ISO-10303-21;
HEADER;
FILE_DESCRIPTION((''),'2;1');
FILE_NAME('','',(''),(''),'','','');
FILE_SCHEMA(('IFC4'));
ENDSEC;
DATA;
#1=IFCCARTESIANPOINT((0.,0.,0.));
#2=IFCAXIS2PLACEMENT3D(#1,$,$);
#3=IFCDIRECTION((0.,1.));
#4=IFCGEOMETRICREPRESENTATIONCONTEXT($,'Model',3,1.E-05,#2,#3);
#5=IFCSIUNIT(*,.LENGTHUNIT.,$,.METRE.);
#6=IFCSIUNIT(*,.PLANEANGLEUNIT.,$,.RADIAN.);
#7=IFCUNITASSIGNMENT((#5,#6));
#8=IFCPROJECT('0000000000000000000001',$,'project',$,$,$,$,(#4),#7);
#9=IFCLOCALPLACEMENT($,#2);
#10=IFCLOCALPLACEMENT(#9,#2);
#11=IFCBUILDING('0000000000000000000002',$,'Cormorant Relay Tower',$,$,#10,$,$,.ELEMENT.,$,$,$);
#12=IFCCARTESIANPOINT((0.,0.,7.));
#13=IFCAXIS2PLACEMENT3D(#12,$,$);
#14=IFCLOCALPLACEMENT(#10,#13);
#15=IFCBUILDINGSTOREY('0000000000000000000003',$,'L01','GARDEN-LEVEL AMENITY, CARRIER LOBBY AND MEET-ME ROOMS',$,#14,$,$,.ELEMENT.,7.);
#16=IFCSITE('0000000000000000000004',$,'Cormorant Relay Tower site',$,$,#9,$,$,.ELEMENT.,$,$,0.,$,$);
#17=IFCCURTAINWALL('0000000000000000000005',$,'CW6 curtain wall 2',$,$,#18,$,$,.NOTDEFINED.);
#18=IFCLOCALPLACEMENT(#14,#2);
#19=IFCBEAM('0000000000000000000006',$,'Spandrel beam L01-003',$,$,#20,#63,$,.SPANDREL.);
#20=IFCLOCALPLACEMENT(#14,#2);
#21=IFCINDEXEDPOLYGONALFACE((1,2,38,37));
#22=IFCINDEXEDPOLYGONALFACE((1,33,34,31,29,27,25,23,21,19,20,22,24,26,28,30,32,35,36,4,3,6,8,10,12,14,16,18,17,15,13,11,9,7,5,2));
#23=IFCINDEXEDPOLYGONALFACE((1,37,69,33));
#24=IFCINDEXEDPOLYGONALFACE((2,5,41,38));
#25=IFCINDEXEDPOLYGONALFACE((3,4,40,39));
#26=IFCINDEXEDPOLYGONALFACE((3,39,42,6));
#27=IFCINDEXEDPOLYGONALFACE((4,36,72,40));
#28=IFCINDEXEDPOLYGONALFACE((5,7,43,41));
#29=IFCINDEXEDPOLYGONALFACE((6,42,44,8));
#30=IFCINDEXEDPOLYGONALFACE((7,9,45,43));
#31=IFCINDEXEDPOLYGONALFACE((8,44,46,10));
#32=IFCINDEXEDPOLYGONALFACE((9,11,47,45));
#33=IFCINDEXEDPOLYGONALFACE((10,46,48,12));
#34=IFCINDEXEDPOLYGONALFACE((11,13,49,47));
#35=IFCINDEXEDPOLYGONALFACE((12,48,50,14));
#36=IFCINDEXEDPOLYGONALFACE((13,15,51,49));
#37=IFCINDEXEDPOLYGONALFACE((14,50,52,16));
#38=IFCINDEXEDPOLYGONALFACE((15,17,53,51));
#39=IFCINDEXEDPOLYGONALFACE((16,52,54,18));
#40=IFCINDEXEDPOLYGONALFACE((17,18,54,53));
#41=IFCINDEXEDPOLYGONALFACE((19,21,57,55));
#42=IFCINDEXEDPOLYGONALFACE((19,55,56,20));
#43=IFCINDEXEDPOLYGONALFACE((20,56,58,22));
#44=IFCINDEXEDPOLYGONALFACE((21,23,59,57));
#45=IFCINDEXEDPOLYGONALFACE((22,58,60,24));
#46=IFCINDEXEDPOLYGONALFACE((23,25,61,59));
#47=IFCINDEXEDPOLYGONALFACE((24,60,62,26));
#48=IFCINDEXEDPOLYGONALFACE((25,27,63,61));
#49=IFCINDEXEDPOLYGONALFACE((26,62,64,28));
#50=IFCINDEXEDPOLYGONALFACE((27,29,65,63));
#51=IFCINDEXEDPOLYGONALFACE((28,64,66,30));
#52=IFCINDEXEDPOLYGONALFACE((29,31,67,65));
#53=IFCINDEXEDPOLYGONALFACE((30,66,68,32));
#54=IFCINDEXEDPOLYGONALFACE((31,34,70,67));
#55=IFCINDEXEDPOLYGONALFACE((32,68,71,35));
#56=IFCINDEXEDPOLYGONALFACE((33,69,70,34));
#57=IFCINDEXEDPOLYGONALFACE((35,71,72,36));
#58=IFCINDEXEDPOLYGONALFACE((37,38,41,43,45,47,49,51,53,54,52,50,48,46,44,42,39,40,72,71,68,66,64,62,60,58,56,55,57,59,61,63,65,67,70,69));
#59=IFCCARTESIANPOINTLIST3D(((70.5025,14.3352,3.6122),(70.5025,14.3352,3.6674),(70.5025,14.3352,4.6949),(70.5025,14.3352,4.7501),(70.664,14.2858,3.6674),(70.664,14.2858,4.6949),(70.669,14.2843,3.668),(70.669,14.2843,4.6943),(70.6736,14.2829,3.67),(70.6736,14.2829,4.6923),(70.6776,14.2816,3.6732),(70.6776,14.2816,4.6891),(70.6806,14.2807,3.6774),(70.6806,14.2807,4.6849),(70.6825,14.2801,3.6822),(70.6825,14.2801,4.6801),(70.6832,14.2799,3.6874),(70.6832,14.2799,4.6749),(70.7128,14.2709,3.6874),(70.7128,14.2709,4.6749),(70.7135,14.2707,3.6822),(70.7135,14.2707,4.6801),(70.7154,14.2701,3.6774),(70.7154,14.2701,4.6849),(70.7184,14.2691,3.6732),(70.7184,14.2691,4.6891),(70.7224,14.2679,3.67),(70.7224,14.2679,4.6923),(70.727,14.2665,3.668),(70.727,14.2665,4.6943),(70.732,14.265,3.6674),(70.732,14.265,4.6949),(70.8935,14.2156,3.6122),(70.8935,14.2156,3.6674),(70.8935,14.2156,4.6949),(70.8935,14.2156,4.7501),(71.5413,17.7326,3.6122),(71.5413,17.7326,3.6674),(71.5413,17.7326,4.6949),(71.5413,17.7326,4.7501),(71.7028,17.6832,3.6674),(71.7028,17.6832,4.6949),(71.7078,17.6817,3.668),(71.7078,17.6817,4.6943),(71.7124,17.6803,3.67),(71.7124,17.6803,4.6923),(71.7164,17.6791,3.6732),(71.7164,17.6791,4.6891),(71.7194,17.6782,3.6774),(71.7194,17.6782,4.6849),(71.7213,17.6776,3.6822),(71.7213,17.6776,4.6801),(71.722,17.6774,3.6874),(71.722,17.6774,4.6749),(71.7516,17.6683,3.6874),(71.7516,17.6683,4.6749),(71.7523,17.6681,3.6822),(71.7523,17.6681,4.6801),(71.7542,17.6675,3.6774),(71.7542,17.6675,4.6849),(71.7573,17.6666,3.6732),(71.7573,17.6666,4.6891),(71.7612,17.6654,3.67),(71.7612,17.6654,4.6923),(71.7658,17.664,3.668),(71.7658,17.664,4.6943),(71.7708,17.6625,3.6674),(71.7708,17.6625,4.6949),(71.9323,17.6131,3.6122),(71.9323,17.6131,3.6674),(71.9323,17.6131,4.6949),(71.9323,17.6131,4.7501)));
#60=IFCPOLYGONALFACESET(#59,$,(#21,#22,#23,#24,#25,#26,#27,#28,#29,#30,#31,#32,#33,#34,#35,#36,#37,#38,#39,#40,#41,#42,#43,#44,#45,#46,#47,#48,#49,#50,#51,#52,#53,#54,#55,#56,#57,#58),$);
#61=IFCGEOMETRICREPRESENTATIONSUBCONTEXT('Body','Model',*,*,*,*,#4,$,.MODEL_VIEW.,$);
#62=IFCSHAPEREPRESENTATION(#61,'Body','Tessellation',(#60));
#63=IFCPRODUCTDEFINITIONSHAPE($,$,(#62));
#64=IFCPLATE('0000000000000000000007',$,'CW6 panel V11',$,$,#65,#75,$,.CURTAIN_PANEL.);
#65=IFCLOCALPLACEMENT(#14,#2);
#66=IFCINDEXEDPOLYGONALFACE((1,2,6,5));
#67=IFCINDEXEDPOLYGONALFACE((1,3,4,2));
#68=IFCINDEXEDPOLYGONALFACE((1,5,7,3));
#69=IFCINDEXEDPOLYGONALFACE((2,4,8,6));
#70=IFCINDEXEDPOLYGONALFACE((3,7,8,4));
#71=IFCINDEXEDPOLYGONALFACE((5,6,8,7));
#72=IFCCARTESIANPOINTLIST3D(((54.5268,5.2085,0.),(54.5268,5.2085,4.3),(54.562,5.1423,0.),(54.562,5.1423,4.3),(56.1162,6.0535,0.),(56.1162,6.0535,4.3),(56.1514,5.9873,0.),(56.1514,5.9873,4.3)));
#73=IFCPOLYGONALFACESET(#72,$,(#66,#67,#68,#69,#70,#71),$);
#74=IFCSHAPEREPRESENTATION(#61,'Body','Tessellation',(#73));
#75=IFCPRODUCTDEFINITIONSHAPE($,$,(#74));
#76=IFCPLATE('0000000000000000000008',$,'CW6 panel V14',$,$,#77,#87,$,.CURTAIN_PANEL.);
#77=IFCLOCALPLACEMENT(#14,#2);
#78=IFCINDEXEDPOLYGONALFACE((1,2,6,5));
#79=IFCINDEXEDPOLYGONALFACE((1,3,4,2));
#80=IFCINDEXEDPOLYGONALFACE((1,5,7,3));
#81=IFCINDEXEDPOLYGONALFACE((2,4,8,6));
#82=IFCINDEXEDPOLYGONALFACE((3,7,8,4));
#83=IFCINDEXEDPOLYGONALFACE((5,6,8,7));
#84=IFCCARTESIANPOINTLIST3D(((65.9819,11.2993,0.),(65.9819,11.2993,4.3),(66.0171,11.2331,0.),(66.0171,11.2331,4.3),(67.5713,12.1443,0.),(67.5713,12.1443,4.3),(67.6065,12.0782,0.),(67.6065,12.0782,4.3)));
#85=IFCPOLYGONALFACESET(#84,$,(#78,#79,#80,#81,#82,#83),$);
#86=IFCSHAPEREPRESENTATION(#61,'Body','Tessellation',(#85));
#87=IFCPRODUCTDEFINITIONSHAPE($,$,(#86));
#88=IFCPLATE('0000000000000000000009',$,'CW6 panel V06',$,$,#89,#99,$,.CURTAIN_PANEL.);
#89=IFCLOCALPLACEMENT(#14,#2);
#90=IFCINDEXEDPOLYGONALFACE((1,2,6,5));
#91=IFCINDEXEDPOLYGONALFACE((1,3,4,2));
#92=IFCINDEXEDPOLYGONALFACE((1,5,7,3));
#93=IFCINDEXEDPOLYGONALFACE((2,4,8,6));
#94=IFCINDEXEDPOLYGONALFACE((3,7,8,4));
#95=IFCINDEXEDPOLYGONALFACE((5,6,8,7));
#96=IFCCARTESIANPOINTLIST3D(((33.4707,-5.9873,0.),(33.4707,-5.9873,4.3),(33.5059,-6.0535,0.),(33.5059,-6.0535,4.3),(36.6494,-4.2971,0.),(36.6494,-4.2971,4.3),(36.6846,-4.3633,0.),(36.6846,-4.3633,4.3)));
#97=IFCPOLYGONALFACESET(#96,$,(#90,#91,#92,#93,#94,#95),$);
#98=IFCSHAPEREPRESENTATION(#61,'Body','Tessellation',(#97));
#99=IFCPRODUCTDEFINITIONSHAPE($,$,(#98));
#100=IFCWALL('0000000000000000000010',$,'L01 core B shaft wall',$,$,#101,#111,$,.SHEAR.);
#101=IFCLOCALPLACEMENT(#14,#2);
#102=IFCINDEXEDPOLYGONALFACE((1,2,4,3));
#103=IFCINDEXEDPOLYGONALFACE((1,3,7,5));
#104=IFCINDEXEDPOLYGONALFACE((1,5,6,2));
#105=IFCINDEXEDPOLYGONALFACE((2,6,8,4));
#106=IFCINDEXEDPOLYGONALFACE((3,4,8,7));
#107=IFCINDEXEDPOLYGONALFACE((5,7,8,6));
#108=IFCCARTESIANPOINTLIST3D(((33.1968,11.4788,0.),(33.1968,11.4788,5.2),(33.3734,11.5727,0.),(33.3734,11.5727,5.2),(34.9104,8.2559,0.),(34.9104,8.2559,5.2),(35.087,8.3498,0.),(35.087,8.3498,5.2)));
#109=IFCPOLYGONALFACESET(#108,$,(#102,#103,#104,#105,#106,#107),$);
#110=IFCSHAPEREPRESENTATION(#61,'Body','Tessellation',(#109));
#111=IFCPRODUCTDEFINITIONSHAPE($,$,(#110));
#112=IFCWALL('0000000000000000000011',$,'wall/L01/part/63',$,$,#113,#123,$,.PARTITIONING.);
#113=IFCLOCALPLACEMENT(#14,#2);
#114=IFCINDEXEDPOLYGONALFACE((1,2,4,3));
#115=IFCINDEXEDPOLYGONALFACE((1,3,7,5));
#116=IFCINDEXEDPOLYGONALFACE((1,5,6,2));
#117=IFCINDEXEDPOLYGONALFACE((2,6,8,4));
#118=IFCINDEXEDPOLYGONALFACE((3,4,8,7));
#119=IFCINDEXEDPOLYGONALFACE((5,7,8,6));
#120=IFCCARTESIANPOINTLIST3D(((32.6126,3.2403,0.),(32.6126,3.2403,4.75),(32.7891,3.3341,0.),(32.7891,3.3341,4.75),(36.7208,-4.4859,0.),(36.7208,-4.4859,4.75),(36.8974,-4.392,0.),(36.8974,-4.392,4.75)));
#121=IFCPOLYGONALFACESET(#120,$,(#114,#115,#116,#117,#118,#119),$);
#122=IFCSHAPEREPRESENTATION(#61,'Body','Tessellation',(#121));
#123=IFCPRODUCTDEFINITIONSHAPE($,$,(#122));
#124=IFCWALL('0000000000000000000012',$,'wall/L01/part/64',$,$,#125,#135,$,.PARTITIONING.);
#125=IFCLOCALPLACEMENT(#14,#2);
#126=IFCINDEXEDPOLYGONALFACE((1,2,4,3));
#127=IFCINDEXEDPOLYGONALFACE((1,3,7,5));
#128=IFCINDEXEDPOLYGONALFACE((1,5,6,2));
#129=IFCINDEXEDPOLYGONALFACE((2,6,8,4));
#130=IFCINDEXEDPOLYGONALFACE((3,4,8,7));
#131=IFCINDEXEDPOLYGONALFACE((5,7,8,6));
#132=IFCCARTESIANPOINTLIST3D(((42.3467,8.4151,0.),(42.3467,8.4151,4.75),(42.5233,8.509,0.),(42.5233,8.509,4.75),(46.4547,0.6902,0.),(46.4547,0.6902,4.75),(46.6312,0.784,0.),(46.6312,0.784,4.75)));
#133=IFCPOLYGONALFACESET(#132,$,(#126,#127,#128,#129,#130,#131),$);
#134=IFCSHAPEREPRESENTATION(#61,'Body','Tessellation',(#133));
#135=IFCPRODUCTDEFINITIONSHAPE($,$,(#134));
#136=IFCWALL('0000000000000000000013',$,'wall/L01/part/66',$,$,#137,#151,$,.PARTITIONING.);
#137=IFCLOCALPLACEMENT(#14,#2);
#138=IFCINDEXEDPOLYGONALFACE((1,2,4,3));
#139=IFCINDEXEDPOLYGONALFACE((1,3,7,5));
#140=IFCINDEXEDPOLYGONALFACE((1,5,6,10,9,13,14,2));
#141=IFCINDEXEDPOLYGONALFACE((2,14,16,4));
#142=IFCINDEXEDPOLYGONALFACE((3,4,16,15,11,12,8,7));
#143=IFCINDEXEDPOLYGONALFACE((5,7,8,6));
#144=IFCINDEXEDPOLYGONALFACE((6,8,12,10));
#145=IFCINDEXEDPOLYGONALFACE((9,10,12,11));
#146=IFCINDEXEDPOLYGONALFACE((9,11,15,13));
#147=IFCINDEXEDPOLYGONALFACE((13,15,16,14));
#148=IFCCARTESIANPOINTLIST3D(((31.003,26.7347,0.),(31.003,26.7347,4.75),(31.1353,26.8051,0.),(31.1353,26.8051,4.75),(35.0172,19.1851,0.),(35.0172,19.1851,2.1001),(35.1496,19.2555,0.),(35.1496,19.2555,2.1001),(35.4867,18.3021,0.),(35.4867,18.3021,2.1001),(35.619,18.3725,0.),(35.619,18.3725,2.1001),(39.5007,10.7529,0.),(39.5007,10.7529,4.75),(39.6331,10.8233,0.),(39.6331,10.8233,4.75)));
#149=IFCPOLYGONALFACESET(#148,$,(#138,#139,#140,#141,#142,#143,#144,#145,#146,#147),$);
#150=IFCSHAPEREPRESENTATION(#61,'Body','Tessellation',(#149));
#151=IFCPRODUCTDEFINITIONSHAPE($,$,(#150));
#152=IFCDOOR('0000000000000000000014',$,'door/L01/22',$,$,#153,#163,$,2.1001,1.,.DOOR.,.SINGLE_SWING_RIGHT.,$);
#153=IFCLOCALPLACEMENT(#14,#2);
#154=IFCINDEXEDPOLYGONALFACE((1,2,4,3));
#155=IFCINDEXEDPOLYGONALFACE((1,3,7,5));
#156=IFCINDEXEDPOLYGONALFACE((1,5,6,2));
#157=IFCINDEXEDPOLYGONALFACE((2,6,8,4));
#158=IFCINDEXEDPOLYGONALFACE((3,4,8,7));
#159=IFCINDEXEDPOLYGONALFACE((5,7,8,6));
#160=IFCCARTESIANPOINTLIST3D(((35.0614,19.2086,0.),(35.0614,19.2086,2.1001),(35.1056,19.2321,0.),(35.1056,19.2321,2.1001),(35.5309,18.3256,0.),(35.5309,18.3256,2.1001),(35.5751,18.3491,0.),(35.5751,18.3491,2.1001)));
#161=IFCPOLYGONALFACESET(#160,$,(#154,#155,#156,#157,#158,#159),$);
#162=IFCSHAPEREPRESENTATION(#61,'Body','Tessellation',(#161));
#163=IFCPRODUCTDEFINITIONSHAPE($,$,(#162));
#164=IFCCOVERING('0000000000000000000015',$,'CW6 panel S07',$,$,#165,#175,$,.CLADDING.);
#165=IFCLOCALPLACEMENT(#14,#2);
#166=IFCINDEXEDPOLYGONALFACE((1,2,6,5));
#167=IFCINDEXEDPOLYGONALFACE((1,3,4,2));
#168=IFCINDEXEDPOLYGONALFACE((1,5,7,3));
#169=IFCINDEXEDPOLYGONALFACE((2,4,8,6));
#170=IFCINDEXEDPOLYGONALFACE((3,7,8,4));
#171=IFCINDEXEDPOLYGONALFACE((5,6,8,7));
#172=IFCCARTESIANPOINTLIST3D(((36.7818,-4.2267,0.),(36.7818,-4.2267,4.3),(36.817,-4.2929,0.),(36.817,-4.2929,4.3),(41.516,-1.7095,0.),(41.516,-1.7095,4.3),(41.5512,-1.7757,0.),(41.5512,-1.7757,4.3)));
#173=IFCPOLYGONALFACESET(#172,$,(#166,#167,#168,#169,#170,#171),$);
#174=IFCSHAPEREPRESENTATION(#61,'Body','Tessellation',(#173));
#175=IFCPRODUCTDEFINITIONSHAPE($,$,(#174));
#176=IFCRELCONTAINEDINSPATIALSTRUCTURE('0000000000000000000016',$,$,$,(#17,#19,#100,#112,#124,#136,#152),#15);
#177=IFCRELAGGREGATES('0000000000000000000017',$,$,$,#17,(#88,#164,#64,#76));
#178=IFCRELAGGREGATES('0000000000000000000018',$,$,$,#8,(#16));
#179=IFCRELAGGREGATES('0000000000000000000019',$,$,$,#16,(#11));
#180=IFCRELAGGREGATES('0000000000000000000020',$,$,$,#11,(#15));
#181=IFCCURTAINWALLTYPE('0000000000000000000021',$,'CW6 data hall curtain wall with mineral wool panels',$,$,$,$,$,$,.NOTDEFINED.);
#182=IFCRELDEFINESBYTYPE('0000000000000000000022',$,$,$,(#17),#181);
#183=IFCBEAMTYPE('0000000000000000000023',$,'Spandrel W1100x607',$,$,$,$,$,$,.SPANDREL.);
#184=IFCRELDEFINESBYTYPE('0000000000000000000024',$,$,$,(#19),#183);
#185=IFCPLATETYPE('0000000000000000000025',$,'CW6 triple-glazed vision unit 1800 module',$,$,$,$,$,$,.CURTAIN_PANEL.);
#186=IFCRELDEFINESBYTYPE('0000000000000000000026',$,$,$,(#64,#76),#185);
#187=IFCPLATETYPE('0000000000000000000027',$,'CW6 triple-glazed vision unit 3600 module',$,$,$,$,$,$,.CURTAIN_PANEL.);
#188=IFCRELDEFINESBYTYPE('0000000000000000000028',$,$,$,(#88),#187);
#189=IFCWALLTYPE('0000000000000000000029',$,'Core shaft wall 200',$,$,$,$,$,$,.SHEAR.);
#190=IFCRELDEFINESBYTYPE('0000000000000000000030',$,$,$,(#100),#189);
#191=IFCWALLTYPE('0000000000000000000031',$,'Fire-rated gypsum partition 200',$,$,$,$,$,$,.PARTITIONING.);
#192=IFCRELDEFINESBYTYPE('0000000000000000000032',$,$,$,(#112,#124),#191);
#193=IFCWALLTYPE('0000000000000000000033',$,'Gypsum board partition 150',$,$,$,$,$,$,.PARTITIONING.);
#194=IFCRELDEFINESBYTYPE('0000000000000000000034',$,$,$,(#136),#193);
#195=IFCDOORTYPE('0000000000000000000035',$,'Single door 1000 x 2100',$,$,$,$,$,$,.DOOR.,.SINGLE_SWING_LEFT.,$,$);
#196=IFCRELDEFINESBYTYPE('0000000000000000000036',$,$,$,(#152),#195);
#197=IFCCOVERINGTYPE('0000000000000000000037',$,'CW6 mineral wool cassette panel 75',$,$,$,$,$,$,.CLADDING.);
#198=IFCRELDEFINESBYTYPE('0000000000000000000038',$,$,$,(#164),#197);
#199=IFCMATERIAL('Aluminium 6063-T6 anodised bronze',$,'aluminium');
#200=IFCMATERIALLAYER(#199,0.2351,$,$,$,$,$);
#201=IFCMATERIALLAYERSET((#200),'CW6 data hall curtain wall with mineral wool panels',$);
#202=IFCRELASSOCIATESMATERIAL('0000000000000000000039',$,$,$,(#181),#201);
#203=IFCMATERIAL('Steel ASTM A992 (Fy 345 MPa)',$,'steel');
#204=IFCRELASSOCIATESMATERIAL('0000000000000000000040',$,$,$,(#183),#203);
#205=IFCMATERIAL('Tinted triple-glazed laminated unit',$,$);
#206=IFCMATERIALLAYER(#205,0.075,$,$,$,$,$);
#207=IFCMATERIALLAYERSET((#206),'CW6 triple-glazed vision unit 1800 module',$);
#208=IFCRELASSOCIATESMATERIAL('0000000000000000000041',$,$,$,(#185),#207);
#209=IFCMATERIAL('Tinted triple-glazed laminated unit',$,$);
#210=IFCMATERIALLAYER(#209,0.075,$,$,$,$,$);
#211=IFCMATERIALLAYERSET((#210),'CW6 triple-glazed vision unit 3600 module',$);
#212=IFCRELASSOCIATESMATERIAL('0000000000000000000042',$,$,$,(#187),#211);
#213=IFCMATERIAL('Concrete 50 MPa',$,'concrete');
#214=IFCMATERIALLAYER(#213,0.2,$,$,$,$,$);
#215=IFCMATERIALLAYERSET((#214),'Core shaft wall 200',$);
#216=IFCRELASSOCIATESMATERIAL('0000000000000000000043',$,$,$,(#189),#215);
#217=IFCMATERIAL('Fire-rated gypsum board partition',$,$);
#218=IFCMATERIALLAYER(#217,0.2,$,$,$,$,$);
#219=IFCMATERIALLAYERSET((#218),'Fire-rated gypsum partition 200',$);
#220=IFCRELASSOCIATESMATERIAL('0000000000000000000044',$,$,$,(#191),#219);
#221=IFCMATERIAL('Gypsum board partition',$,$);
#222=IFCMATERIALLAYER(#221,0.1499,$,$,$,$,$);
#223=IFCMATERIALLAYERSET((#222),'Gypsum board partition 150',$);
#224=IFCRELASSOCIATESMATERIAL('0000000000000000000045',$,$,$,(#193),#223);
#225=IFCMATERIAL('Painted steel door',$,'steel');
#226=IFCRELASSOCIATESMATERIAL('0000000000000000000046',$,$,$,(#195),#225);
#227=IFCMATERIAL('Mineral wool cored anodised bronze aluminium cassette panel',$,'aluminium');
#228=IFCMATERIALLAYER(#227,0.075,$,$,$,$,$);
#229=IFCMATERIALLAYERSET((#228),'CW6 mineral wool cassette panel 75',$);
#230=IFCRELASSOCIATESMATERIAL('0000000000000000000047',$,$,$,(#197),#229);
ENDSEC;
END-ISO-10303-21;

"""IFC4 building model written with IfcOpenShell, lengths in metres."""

from ifc_helpers import new_model, si_unit, direction, frame, frame_2d, origin, origin_2d, place, context, subcontext, project, spatial, rectangle, i_section, extrude, material, layer, layer_set, material_profile, profile_set, type_object, element, fill, aggregate, save


model = new_model("IFC4")

# Units and contexts
model_context = context("Model", 3, precision=1e-05, world=origin(), true_north=direction((0.0, 1.0)))
body_context = subcontext(model_context, "Body", "Model", "MODEL_VIEW")
ifc_project = project(units=[si_unit("LENGTHUNIT", "METRE"), si_unit("PLANEANGLEUNIT", "RADIAN")], contexts=[model_context])

# Site, building, storey
site_placement = place(None, origin())
site = spatial("IfcSite", under=ifc_project, at=site_placement, Name="Cormorant Relay Tower site", CompositionType="ELEMENT", RefElevation=0.0)
building_placement = place(site_placement, origin())
building = spatial("IfcBuilding", under=site, at=building_placement, Name="Cormorant Relay Tower", CompositionType="ELEMENT")
storey_placement = place(building_placement, frame((0.0, 0.0, 7.0)))
storey = spatial("IfcBuildingStorey", under=building, at=storey_placement, Name="L01", Description="GARDEN-LEVEL AMENITY, CARRIER LOBBY AND MEET-ME ROOMS", CompositionType="ELEMENT", Elevation=7.0)

# Curtain wall
ifc_material_1 = material(Name="Aluminium 6063-T6 anodised bronze", Category="aluminium")
ifc_layer_1 = layer(ifc_material_1, 0.2351)
ifc_layer_set_1 = layer_set([ifc_layer_1], Name="CW6 data hall curtain wall with mineral wool panels")
curtain_wall_type = type_object("IfcCurtainWallType", Name="CW6 data hall curtain wall with mineral wool panels", PredefinedType="NOTDEFINED", material=ifc_layer_set_1)
curtain_wall_1_placement = place(storey_placement, origin())
curtain_wall_1 = element("IfcCurtainWall", 1, at=curtain_wall_1_placement, inside=storey, type_object=curtain_wall_type, Name="CW6 curtain wall 2", PredefinedType="NOTDEFINED")

# Beam
ifc_material_2 = material(Name="Steel ASTM A992 (Fy 345 MPa)", Category="steel")
ifc_material_profile_1 = material_profile(ifc_material_2, i_section(OverallWidth=0.4089, OverallDepth=1.1379, WebThickness=0.031, FlangeThickness=0.0552, FilletRadius=0.02, at=origin_2d()), Name="W1100x607")
ifc_profile_set_1 = profile_set([ifc_material_profile_1], Name="Steel ASTM A992 (Fy 345 MPa)")
beam_type = type_object("IfcBeamType", Name="Spandrel W1100x607", PredefinedType="SPANDREL", material=ifc_profile_set_1)
beam_placement = place(storey_placement, frame((70.698, 14.2754, 4.1812), z_axis=(0.2924, 0.956296, 0.0), x_axis=(-0.956296, 0.2924, 0.0)))
element("IfcBeam", 2, at=beam_placement, inside=storey, type_object=beam_type, Name="Spandrel beam L01-003", PredefinedType="SPANDREL", context=body_context, shape_type="SweptSolid", body=[
    extrude(i_section(OverallWidth=0.4089, OverallDepth=1.1379, WebThickness=0.031, FlangeThickness=0.0552, FilletRadius=0.02, at=origin_2d()), origin(), (0.0, 0.0, 1.0), 3.5527),
])

# Plates
ifc_material_3 = material(Name="Tinted triple-glazed laminated unit")
ifc_layer_2 = layer(ifc_material_3, 0.075)
ifc_layer_set_2 = layer_set([ifc_layer_2], Name="CW6 triple-glazed vision unit 1800 module")
plate_type_1 = type_object("IfcPlateType", Name="CW6 triple-glazed vision unit 1800 module", PredefinedType="CURTAIN_PANEL", material=ifc_layer_set_2)
plate_1_placement = place(storey_placement, frame((55.3391, 5.5979, 0.0), z_axis=(0.0, 0.0, 1.0), x_axis=(0.882948, 0.469472, 0.0)))
plate_1 = element("IfcPlate", 3, at=plate_1_placement, type_object=plate_type_1, Name="CW6 panel V11", PredefinedType="CURTAIN_PANEL", context=body_context, shape_type="SweptSolid", body=[
    extrude(rectangle(XDim=1.8, YDim=0.075, at=origin_2d()), origin(), (0.0, 0.0, 1.0), 4.3),
])
plate_2_placement = place(storey_placement, frame((66.7942, 11.6887, 0.0), z_axis=(0.0, 0.0, 1.0), x_axis=(0.882948, 0.469472, 0.0)))
plate_2 = element("IfcPlate", 4, at=plate_2_placement, type_object=plate_type_1, Name="CW6 panel V14", PredefinedType="CURTAIN_PANEL", context=body_context, shape_type="SweptSolid", body=[
    extrude(rectangle(XDim=1.8, YDim=0.075, at=origin_2d()), origin(), (0.0, 0.0, 1.0), 4.3),
])
ifc_material_4 = material(Name="Tinted triple-glazed laminated unit")
ifc_layer_3 = layer(ifc_material_4, 0.075)
ifc_layer_set_3 = layer_set([ifc_layer_3], Name="CW6 triple-glazed vision unit 3600 module")
plate_type_2 = type_object("IfcPlateType", Name="CW6 triple-glazed vision unit 3600 module", PredefinedType="CURTAIN_PANEL", material=ifc_layer_set_3)
plate_3_placement = place(storey_placement, frame((35.0776, -5.1753, 0.0), z_axis=(0.0, 0.0, 1.0), x_axis=(0.882948, 0.469472, 0.0)))
plate_3 = element("IfcPlate", 5, at=plate_3_placement, type_object=plate_type_2, Name="CW6 panel V06", PredefinedType="CURTAIN_PANEL", context=body_context, shape_type="SweptSolid", body=[
    extrude(rectangle(XDim=3.6001, YDim=0.075, at=origin_2d()), origin(), (0.0, 0.0, 1.0), 4.3),
])

# Wall
ifc_material_5 = material(Name="Concrete 50 MPa", Category="concrete")
ifc_layer_4 = layer(ifc_material_5, 0.2)
ifc_layer_set_4 = layer_set([ifc_layer_4], Name="Core shaft wall 200")
wall_type_1 = type_object("IfcWallType", Name="Core shaft wall 200", PredefinedType="SHEAR", material=ifc_layer_set_4)
wall_1_placement = place(storey_placement, frame((34.9988, 8.3027, 0.0), z_axis=(0.0, 0.0, 1.0), x_axis=(-0.469467, 0.88295, 0.0)))
element("IfcWall", 6, at=wall_1_placement, inside=storey, type_object=wall_type_1, Name="L01 core B shaft wall", PredefinedType="SHEAR", context=body_context, shape_type="SweptSolid", body=[
    extrude(rectangle(XDim=3.6501, YDim=0.2, at=frame_2d((1.8252, 0.0))), origin(), (0.0, 0.0, 1.0), 5.2),
])

# Walls
ifc_material_6 = material(Name="Fire-rated gypsum board partition")
ifc_layer_5 = layer(ifc_material_6, 0.2)
ifc_layer_set_5 = layer_set([ifc_layer_5], Name="Fire-rated gypsum partition 200")
wall_type_2 = type_object("IfcWallType", Name="Fire-rated gypsum partition 200", PredefinedType="PARTITIONING", material=ifc_layer_set_5)
wall_2_placement = place(storey_placement, frame((36.8091, -4.439, 0.0), z_axis=(0.0, 0.0, 1.0), x_axis=(-0.469483, 0.882942, 0.0)))
element("IfcWall", 7, at=wall_2_placement, inside=storey, type_object=wall_type_2, Name="wall/L01/part/63", PredefinedType="PARTITIONING", context=body_context, shape_type="SweptSolid", body=[
    extrude(rectangle(XDim=8.7505, YDim=0.2, at=frame_2d((4.3752, 0.0))), origin(), (0.0, 0.0, 1.0), 4.75),
])
wall_3_placement = place(storey_placement, frame((42.4351, 8.4619, 0.0), z_axis=(0.0, 0.0, 1.0), x_axis=(0.469519, -0.882922, 0.0)))
element("IfcWall", 8, at=wall_3_placement, inside=storey, type_object=wall_type_2, Name="wall/L01/part/64", PredefinedType="PARTITIONING", context=body_context, shape_type="SweptSolid", body=[
    extrude(rectangle(XDim=8.7493, YDim=0.2, at=frame_2d((4.3745, 0.0))), origin(), (0.0, 0.0, 1.0), 4.75),
])

# Wall, opening, door
ifc_material_7 = material(Name="Gypsum board partition")
ifc_layer_6 = layer(ifc_material_7, 0.1499)
ifc_layer_set_6 = layer_set([ifc_layer_6], Name="Gypsum board partition 150")
wall_type_3 = type_object("IfcWallType", Name="Gypsum board partition 150", PredefinedType="PARTITIONING", material=ifc_layer_set_6)
wall_4_placement = place(storey_placement, frame((39.5669, 10.7881, 0.0), z_axis=(0.0, 0.0, 1.0), x_axis=(-0.469474, 0.882946, 0.0)))
wall_4 = element("IfcWall", 9, at=wall_4_placement, inside=storey, type_object=wall_type_3, Name="wall/L01/part/66", PredefinedType="PARTITIONING", context=body_context, shape_type="SweptSolid", body=[
    extrude(rectangle(XDim=18.1006, YDim=0.1499, at=frame_2d((9.0503, 0.0))), origin(), (0.0, 0.0, 1.0), 4.75),
])
opening_1_placement = place(wall_4_placement, frame((8.55, 0.0, 0.0)))
opening_1 = element("IfcOpeningElement", 10, at=opening_1_placement, cuts=wall_4, PredefinedType="OPENING", context=body_context, shape_type="SweptSolid", body=[
    extrude(rectangle(XDim=1.0, YDim=2.1001, at=frame_2d((0.5, 1.05))), frame((0.0, 0.085, 0.0), z_axis=(0.0, -1.0, 0.0), x_axis=(1.0, 0.0, 0.0)), (0.0, 0.0, 1.0), 0.1699),
])
ifc_material_8 = material(Name="Painted steel door", Category="steel")
door_type_1 = type_object("IfcDoorType", Name="Single door 1000 x 2100", OperationType="SINGLE_SWING_LEFT", PredefinedType="DOOR", material=ifc_material_8)
door_1_placement = place(opening_1_placement, origin())
door_1 = element("IfcDoor", 11, at=door_1_placement, inside=storey, type_object=door_type_1, Name="door/L01/22", OperationType="SINGLE_SWING_RIGHT", OverallHeight=2.1001, OverallWidth=1.0, PredefinedType="DOOR", context=body_context, shape_type="SweptSolid", body=[
    extrude(rectangle(XDim=1.0, YDim=2.1001, at=frame_2d((0.5, 1.05))), frame((0.0, 0.0249, 0.0), z_axis=(0.0, -1.0, 0.0), x_axis=(1.0, 0.0, 0.0)), (0.0, 0.0, 1.0), 0.05),
])
fill(opening_1, door_1)

# Covering
ifc_material_9 = material(Name="Mineral wool cored anodised bronze aluminium cassette panel", Category="aluminium")
ifc_layer_7 = layer(ifc_material_9, 0.075)
ifc_layer_set_7 = layer_set([ifc_layer_7], Name="CW6 mineral wool cassette panel 75")
covering_type = type_object("IfcCoveringType", Name="CW6 mineral wool cassette panel 75", PredefinedType="CLADDING", material=ifc_layer_set_7)
covering_1_placement = place(storey_placement, frame((39.1665, -3.0012, 0.0), z_axis=(0.0, 0.0, 1.0), x_axis=(0.882948, 0.469472, 0.0)))
covering_1 = element("IfcCovering", 12, at=covering_1_placement, type_object=covering_type, Name="CW6 panel S07", PredefinedType="CLADDING", context=body_context, shape_type="SweptSolid", body=[
    extrude(rectangle(XDim=5.3618, YDim=0.075, at=origin_2d()), origin(), (0.0, 0.0, 1.0), 4.3),
])
aggregate(curtain_wall_1, [plate_3, covering_1, plate_1, plate_2])

save(model, "model.ifc")
